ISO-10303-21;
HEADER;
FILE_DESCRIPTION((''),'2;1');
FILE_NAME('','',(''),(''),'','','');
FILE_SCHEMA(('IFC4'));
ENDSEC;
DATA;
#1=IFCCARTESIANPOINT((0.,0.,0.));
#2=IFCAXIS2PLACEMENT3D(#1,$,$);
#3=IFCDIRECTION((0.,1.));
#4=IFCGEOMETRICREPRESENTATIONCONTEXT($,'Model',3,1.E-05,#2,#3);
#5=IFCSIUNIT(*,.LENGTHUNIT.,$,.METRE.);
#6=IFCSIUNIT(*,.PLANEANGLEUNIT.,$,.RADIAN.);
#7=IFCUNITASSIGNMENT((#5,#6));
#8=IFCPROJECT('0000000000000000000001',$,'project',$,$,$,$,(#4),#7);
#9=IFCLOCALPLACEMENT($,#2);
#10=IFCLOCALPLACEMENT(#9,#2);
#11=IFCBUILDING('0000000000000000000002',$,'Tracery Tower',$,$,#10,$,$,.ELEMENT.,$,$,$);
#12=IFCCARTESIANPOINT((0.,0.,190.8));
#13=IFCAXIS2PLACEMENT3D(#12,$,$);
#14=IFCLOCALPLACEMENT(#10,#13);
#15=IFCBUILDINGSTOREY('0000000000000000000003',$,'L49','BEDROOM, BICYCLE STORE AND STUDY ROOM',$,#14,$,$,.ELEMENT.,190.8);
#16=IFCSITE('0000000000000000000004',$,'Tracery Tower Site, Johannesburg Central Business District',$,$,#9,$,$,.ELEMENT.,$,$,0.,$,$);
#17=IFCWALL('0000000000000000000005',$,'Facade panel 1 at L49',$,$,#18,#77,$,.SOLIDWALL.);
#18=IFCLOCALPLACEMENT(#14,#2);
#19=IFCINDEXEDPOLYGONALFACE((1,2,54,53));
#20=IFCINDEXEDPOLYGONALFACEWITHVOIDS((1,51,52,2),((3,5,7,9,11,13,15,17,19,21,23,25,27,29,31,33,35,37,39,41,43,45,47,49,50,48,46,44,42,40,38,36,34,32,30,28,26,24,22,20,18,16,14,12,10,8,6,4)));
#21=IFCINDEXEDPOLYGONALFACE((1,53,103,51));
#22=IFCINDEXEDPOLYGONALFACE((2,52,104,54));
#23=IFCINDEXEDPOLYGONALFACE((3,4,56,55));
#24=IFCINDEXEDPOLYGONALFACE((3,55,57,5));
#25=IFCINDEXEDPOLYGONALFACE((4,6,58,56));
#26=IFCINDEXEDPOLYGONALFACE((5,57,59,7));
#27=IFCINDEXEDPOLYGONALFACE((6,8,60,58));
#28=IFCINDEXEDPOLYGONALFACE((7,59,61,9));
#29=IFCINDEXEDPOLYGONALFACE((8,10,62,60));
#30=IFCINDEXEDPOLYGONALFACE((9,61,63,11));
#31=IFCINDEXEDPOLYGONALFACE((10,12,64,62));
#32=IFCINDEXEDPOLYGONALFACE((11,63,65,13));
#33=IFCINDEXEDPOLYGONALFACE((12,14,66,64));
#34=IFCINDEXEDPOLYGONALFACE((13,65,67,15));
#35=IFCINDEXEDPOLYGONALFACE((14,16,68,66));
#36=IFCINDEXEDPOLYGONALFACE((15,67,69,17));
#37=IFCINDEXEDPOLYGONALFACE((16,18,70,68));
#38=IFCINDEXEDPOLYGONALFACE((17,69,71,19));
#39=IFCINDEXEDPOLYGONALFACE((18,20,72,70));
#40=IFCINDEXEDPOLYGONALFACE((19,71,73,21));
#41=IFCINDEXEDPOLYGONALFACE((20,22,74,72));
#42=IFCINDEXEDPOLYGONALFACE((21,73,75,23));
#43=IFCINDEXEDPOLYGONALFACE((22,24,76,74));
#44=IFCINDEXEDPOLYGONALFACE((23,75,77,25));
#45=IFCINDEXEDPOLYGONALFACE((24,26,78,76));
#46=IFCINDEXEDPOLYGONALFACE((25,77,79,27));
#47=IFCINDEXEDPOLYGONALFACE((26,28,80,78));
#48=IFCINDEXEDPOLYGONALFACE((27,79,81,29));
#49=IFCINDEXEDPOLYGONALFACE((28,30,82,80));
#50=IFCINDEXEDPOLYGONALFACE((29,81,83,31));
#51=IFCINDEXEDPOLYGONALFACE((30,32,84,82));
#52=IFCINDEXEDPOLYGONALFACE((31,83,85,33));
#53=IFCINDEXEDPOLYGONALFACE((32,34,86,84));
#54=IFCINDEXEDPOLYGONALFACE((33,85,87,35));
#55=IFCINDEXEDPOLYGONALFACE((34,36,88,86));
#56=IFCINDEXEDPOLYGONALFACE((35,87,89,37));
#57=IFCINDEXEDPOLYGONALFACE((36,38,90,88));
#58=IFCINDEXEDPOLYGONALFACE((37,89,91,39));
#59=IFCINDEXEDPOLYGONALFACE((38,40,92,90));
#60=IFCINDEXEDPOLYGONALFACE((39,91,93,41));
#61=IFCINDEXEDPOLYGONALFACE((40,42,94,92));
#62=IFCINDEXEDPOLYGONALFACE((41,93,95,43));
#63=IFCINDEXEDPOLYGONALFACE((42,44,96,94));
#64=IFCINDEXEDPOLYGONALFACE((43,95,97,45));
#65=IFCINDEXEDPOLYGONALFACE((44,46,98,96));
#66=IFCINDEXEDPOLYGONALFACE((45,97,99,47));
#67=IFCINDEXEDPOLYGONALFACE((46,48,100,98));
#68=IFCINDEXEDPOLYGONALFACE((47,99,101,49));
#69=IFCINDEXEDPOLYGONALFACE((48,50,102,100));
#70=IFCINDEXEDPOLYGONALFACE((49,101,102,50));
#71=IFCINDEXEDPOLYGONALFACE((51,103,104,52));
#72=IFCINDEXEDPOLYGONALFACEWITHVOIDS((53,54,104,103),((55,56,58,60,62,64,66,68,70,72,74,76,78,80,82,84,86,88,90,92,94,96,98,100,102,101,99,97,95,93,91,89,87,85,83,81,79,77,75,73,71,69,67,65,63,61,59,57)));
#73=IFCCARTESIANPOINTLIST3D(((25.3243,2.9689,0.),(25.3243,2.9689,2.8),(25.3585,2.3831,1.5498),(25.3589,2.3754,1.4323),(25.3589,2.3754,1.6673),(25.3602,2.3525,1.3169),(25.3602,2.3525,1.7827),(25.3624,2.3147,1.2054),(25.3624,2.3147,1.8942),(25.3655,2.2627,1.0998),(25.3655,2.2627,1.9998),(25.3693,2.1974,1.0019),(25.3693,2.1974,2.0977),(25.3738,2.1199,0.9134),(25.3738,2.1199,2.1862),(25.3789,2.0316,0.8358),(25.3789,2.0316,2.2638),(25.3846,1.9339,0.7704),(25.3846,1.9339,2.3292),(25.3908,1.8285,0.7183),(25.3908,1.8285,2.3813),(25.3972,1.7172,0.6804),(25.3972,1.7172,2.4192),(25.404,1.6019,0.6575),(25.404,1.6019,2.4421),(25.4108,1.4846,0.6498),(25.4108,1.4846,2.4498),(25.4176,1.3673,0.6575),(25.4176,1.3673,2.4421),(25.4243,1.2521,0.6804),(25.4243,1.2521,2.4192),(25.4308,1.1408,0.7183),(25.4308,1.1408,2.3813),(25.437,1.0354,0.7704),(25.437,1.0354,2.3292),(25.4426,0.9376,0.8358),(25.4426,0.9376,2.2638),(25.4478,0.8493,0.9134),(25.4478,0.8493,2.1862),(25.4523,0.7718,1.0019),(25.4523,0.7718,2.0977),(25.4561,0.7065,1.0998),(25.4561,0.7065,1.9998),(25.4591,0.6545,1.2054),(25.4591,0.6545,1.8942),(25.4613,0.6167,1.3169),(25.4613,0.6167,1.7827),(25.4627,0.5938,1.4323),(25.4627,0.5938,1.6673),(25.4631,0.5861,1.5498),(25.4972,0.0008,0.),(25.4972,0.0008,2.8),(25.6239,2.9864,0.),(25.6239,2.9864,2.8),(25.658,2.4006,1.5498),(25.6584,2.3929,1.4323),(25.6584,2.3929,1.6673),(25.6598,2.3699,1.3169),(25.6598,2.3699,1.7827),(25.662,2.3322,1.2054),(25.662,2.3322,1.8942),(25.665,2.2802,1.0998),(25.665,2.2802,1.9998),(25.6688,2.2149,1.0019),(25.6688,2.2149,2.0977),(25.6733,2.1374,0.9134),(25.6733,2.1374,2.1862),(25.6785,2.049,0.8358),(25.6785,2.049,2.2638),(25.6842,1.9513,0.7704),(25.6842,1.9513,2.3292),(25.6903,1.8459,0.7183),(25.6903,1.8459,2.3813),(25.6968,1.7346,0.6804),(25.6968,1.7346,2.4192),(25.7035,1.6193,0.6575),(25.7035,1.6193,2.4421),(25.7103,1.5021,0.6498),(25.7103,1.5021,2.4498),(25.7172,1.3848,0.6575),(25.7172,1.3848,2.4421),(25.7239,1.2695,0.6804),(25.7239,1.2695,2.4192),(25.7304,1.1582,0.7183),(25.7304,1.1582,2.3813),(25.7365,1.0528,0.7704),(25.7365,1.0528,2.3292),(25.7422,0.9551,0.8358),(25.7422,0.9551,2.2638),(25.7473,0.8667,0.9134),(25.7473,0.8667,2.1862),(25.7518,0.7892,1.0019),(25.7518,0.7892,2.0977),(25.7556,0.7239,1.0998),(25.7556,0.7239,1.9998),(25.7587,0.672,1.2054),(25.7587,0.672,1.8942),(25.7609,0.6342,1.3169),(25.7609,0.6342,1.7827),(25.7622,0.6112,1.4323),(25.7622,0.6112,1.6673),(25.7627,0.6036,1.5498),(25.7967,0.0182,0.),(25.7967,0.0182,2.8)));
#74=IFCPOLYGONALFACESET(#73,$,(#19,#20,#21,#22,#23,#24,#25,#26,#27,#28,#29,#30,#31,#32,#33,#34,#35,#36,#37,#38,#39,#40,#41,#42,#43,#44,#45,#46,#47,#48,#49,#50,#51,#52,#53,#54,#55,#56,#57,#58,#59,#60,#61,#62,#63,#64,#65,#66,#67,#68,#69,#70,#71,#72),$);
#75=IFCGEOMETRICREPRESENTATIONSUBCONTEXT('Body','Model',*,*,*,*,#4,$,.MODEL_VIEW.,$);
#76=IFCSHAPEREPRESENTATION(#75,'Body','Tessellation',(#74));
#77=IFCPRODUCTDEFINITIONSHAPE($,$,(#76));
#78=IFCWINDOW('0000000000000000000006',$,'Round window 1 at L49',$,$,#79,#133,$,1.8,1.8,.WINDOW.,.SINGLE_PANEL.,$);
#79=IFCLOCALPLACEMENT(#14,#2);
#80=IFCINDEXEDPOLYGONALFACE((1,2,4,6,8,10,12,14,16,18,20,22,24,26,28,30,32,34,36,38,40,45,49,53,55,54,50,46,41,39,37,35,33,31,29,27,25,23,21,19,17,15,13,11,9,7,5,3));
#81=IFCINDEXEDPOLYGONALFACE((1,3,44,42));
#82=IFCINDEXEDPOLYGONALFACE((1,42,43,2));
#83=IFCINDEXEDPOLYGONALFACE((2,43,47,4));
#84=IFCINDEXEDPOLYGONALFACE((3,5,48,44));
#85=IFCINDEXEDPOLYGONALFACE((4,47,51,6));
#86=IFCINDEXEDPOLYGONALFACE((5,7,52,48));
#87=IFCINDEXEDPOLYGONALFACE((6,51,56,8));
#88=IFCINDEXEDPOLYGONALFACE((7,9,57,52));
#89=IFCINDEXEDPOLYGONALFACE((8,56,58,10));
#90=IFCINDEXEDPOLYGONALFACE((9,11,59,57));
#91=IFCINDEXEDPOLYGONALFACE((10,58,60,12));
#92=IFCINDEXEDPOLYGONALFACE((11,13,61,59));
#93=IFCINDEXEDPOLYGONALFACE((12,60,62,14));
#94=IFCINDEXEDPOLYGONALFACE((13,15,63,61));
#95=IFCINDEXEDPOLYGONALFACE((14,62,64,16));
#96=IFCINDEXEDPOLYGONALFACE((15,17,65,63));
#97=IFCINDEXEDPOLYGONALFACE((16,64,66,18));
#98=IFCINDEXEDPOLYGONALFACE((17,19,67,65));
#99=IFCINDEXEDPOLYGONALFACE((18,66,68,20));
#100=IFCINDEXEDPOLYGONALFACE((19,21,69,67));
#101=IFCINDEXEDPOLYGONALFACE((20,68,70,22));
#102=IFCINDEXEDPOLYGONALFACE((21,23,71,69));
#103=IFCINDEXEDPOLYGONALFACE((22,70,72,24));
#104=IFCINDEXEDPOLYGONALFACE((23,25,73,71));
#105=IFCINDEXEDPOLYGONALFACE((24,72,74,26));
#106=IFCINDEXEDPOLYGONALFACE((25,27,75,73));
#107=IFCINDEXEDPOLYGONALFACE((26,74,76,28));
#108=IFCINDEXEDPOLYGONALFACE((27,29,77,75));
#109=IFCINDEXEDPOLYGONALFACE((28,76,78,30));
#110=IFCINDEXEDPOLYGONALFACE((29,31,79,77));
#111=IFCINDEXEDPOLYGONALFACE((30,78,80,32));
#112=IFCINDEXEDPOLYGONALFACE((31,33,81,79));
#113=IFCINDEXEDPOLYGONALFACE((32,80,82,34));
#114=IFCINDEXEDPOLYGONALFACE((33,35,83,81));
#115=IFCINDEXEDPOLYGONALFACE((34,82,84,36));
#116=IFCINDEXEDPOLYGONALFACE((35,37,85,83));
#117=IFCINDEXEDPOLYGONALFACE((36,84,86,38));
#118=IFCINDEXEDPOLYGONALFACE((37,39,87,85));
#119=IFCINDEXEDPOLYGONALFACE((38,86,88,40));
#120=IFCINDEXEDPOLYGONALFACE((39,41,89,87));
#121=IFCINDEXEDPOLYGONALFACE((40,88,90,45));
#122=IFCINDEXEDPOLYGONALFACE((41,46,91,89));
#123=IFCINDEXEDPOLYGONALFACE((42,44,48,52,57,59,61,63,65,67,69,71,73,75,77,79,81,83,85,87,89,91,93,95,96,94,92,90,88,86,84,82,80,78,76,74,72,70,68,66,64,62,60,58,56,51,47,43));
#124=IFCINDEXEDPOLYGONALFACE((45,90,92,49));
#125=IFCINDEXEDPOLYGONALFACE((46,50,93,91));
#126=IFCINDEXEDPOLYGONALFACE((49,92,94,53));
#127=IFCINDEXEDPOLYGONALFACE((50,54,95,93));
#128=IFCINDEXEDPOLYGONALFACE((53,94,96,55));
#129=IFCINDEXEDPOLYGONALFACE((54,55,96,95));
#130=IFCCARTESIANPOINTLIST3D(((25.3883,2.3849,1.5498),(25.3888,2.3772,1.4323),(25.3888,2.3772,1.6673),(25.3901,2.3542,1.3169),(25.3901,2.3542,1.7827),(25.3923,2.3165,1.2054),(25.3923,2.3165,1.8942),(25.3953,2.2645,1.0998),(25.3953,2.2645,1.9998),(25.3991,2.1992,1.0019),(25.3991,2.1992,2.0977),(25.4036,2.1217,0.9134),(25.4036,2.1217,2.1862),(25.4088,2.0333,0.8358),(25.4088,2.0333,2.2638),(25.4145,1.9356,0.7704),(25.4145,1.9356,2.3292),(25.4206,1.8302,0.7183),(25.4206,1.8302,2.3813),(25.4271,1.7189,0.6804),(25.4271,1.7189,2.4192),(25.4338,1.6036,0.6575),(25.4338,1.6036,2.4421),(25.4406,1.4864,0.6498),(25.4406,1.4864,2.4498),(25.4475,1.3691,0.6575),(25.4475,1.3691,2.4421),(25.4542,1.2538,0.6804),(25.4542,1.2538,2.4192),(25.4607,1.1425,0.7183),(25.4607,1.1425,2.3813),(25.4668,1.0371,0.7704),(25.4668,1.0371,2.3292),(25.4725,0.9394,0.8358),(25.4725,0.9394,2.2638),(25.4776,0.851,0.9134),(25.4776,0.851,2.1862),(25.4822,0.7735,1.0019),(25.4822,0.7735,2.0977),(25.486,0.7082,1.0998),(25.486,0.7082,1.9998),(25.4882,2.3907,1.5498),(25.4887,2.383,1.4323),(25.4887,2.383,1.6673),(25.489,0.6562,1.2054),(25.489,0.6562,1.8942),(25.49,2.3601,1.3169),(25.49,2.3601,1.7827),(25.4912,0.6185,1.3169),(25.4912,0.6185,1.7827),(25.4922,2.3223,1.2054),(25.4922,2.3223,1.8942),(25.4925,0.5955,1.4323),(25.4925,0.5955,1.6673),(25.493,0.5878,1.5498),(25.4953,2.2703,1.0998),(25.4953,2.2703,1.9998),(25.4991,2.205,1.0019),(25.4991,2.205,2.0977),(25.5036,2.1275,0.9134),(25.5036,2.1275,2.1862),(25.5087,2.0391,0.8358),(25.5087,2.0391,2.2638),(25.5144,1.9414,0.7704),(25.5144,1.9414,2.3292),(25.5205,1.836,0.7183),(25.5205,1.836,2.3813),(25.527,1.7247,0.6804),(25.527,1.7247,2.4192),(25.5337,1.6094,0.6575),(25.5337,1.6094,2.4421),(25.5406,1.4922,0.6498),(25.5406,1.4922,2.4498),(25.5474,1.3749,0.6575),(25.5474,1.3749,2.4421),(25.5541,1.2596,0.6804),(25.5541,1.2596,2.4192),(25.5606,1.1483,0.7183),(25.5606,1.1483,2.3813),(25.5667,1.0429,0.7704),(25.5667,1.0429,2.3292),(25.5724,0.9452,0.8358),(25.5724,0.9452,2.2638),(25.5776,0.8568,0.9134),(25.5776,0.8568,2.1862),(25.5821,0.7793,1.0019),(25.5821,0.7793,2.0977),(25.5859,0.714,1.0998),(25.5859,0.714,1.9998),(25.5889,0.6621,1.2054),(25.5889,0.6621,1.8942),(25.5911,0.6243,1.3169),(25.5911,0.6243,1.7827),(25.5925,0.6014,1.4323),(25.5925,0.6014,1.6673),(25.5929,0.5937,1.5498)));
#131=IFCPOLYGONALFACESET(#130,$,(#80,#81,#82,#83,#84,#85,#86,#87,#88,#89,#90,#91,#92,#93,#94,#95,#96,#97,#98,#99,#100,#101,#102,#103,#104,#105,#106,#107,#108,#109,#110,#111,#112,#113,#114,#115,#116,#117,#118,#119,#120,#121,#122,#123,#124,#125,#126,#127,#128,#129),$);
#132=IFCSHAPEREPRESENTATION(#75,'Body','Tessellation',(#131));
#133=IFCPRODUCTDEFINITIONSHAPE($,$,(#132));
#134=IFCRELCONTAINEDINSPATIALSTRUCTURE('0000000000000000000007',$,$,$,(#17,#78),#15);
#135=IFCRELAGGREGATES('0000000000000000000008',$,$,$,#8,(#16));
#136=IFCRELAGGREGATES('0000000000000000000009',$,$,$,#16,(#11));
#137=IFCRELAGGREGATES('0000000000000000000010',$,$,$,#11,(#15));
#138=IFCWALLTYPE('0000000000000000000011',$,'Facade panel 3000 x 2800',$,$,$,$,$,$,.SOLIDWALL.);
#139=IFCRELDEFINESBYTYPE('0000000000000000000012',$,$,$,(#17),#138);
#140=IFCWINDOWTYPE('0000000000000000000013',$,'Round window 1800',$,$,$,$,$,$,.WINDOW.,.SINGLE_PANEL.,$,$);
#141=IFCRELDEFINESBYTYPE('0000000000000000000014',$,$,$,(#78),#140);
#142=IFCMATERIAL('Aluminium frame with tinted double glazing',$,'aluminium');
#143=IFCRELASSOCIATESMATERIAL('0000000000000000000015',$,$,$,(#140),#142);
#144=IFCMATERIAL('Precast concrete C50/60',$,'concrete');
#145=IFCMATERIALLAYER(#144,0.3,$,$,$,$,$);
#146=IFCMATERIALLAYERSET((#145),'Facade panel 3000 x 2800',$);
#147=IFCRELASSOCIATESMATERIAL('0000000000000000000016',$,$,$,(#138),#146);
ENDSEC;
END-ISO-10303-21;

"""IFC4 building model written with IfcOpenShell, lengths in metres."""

from ifc_helpers import new_model, si_unit, direction, frame, frame_2d, origin, origin_2d, place, context, subcontext, project, spatial, rectangle, circle, extrude, material, layer, layer_set, type_object, element, fill, save


model = new_model("IFC4")

# Units and contexts
model_context = context("Model", 3, precision=1e-05, world=origin(), true_north=direction((0.0, 1.0)))
body_context = subcontext(model_context, "Body", "Model", "MODEL_VIEW")
ifc_project = project(units=[si_unit("LENGTHUNIT", "METRE"), si_unit("PLANEANGLEUNIT", "RADIAN")], contexts=[model_context])

# Site, building, storey
site_placement = place(None, origin())
site = spatial("IfcSite", under=ifc_project, at=site_placement, Name="Tracery Tower Site, Johannesburg Central Business District", CompositionType="ELEMENT", RefElevation=0.0)
building_placement = place(site_placement, origin())
building = spatial("IfcBuilding", under=site, at=building_placement, Name="Tracery Tower", CompositionType="ELEMENT")
storey_placement = place(building_placement, frame((0.0, 0.0, 190.8)))
storey = spatial("IfcBuildingStorey", under=building, at=storey_placement, Name="L49", Description="BEDROOM, BICYCLE STORE AND STUDY ROOM", CompositionType="ELEMENT", Elevation=190.8)

# Wall, opening, window
ifc_material_1 = material(Name="Aluminium frame with tinted double glazing", Category="aluminium")
window_type = type_object("IfcWindowType", Name="Round window 1800", PartitioningType="SINGLE_PANEL", PredefinedType="WINDOW", material=ifc_material_1)
ifc_material_2 = material(Name="Precast concrete C50/60", Category="concrete")
ifc_layer_1 = layer(ifc_material_2, 0.3)
ifc_layer_set_1 = layer_set([ifc_layer_1], Name="Facade panel 3000 x 2800")
wall_type_1 = type_object("IfcWallType", Name="Facade panel 3000 x 2800", PredefinedType="SOLIDWALL", material=ifc_layer_set_1)
wall_1_placement = place(storey_placement, frame((25.647, 0.0095, 0.0), z_axis=(0.0, 0.0, 1.0), x_axis=(-0.05814, 0.998308, 0.0)))
wall_1 = element("IfcWall", 1, at=wall_1_placement, inside=storey, type_object=wall_type_1, Name="Facade panel 1 at L49", PredefinedType="SOLIDWALL", context=body_context, shape_type="SweptSolid", body=[
    extrude(rectangle(XDim=2.9731, YDim=0.3, at=frame_2d((1.4866, 0.0))), origin(), (0.0, 0.0, 1.0), 2.8),
])
opening_1_placement = place(wall_1_placement, frame((1.4863, 0.0, 1.5498)))
opening_1 = element("IfcOpeningElement", 2, at=opening_1_placement, cuts=wall_1, PredefinedType="OPENING", context=body_context, shape_type="SweptSolid", body=[
    extrude(circle(Radius=0.9, at=origin_2d()), frame((0.0, 0.1599, 0.0), z_axis=(0.0, -1.0, 0.0), x_axis=(1.0, 0.0, 0.0)), (0.0, 0.0, 1.0), 0.3201),
])
window_1_placement = place(opening_1_placement, origin())
window_1 = element("IfcWindow", 3, at=window_1_placement, inside=storey, type_object=window_type, Name="Round window 1 at L49", OverallHeight=1.8, OverallWidth=1.8, PartitioningType="SINGLE_PANEL", PredefinedType="WINDOW", context=body_context, shape_type="SweptSolid", body=[
    extrude(circle(Radius=0.9, at=origin_2d()), frame((0.0, 0.1201, 0.0), z_axis=(0.0, -1.0, 0.0), x_axis=(1.0, 0.0, 0.0)), (0.0, 0.0, 1.0), 0.1001),
])
fill(opening_1, window_1)

save(model, "model.ifc")
